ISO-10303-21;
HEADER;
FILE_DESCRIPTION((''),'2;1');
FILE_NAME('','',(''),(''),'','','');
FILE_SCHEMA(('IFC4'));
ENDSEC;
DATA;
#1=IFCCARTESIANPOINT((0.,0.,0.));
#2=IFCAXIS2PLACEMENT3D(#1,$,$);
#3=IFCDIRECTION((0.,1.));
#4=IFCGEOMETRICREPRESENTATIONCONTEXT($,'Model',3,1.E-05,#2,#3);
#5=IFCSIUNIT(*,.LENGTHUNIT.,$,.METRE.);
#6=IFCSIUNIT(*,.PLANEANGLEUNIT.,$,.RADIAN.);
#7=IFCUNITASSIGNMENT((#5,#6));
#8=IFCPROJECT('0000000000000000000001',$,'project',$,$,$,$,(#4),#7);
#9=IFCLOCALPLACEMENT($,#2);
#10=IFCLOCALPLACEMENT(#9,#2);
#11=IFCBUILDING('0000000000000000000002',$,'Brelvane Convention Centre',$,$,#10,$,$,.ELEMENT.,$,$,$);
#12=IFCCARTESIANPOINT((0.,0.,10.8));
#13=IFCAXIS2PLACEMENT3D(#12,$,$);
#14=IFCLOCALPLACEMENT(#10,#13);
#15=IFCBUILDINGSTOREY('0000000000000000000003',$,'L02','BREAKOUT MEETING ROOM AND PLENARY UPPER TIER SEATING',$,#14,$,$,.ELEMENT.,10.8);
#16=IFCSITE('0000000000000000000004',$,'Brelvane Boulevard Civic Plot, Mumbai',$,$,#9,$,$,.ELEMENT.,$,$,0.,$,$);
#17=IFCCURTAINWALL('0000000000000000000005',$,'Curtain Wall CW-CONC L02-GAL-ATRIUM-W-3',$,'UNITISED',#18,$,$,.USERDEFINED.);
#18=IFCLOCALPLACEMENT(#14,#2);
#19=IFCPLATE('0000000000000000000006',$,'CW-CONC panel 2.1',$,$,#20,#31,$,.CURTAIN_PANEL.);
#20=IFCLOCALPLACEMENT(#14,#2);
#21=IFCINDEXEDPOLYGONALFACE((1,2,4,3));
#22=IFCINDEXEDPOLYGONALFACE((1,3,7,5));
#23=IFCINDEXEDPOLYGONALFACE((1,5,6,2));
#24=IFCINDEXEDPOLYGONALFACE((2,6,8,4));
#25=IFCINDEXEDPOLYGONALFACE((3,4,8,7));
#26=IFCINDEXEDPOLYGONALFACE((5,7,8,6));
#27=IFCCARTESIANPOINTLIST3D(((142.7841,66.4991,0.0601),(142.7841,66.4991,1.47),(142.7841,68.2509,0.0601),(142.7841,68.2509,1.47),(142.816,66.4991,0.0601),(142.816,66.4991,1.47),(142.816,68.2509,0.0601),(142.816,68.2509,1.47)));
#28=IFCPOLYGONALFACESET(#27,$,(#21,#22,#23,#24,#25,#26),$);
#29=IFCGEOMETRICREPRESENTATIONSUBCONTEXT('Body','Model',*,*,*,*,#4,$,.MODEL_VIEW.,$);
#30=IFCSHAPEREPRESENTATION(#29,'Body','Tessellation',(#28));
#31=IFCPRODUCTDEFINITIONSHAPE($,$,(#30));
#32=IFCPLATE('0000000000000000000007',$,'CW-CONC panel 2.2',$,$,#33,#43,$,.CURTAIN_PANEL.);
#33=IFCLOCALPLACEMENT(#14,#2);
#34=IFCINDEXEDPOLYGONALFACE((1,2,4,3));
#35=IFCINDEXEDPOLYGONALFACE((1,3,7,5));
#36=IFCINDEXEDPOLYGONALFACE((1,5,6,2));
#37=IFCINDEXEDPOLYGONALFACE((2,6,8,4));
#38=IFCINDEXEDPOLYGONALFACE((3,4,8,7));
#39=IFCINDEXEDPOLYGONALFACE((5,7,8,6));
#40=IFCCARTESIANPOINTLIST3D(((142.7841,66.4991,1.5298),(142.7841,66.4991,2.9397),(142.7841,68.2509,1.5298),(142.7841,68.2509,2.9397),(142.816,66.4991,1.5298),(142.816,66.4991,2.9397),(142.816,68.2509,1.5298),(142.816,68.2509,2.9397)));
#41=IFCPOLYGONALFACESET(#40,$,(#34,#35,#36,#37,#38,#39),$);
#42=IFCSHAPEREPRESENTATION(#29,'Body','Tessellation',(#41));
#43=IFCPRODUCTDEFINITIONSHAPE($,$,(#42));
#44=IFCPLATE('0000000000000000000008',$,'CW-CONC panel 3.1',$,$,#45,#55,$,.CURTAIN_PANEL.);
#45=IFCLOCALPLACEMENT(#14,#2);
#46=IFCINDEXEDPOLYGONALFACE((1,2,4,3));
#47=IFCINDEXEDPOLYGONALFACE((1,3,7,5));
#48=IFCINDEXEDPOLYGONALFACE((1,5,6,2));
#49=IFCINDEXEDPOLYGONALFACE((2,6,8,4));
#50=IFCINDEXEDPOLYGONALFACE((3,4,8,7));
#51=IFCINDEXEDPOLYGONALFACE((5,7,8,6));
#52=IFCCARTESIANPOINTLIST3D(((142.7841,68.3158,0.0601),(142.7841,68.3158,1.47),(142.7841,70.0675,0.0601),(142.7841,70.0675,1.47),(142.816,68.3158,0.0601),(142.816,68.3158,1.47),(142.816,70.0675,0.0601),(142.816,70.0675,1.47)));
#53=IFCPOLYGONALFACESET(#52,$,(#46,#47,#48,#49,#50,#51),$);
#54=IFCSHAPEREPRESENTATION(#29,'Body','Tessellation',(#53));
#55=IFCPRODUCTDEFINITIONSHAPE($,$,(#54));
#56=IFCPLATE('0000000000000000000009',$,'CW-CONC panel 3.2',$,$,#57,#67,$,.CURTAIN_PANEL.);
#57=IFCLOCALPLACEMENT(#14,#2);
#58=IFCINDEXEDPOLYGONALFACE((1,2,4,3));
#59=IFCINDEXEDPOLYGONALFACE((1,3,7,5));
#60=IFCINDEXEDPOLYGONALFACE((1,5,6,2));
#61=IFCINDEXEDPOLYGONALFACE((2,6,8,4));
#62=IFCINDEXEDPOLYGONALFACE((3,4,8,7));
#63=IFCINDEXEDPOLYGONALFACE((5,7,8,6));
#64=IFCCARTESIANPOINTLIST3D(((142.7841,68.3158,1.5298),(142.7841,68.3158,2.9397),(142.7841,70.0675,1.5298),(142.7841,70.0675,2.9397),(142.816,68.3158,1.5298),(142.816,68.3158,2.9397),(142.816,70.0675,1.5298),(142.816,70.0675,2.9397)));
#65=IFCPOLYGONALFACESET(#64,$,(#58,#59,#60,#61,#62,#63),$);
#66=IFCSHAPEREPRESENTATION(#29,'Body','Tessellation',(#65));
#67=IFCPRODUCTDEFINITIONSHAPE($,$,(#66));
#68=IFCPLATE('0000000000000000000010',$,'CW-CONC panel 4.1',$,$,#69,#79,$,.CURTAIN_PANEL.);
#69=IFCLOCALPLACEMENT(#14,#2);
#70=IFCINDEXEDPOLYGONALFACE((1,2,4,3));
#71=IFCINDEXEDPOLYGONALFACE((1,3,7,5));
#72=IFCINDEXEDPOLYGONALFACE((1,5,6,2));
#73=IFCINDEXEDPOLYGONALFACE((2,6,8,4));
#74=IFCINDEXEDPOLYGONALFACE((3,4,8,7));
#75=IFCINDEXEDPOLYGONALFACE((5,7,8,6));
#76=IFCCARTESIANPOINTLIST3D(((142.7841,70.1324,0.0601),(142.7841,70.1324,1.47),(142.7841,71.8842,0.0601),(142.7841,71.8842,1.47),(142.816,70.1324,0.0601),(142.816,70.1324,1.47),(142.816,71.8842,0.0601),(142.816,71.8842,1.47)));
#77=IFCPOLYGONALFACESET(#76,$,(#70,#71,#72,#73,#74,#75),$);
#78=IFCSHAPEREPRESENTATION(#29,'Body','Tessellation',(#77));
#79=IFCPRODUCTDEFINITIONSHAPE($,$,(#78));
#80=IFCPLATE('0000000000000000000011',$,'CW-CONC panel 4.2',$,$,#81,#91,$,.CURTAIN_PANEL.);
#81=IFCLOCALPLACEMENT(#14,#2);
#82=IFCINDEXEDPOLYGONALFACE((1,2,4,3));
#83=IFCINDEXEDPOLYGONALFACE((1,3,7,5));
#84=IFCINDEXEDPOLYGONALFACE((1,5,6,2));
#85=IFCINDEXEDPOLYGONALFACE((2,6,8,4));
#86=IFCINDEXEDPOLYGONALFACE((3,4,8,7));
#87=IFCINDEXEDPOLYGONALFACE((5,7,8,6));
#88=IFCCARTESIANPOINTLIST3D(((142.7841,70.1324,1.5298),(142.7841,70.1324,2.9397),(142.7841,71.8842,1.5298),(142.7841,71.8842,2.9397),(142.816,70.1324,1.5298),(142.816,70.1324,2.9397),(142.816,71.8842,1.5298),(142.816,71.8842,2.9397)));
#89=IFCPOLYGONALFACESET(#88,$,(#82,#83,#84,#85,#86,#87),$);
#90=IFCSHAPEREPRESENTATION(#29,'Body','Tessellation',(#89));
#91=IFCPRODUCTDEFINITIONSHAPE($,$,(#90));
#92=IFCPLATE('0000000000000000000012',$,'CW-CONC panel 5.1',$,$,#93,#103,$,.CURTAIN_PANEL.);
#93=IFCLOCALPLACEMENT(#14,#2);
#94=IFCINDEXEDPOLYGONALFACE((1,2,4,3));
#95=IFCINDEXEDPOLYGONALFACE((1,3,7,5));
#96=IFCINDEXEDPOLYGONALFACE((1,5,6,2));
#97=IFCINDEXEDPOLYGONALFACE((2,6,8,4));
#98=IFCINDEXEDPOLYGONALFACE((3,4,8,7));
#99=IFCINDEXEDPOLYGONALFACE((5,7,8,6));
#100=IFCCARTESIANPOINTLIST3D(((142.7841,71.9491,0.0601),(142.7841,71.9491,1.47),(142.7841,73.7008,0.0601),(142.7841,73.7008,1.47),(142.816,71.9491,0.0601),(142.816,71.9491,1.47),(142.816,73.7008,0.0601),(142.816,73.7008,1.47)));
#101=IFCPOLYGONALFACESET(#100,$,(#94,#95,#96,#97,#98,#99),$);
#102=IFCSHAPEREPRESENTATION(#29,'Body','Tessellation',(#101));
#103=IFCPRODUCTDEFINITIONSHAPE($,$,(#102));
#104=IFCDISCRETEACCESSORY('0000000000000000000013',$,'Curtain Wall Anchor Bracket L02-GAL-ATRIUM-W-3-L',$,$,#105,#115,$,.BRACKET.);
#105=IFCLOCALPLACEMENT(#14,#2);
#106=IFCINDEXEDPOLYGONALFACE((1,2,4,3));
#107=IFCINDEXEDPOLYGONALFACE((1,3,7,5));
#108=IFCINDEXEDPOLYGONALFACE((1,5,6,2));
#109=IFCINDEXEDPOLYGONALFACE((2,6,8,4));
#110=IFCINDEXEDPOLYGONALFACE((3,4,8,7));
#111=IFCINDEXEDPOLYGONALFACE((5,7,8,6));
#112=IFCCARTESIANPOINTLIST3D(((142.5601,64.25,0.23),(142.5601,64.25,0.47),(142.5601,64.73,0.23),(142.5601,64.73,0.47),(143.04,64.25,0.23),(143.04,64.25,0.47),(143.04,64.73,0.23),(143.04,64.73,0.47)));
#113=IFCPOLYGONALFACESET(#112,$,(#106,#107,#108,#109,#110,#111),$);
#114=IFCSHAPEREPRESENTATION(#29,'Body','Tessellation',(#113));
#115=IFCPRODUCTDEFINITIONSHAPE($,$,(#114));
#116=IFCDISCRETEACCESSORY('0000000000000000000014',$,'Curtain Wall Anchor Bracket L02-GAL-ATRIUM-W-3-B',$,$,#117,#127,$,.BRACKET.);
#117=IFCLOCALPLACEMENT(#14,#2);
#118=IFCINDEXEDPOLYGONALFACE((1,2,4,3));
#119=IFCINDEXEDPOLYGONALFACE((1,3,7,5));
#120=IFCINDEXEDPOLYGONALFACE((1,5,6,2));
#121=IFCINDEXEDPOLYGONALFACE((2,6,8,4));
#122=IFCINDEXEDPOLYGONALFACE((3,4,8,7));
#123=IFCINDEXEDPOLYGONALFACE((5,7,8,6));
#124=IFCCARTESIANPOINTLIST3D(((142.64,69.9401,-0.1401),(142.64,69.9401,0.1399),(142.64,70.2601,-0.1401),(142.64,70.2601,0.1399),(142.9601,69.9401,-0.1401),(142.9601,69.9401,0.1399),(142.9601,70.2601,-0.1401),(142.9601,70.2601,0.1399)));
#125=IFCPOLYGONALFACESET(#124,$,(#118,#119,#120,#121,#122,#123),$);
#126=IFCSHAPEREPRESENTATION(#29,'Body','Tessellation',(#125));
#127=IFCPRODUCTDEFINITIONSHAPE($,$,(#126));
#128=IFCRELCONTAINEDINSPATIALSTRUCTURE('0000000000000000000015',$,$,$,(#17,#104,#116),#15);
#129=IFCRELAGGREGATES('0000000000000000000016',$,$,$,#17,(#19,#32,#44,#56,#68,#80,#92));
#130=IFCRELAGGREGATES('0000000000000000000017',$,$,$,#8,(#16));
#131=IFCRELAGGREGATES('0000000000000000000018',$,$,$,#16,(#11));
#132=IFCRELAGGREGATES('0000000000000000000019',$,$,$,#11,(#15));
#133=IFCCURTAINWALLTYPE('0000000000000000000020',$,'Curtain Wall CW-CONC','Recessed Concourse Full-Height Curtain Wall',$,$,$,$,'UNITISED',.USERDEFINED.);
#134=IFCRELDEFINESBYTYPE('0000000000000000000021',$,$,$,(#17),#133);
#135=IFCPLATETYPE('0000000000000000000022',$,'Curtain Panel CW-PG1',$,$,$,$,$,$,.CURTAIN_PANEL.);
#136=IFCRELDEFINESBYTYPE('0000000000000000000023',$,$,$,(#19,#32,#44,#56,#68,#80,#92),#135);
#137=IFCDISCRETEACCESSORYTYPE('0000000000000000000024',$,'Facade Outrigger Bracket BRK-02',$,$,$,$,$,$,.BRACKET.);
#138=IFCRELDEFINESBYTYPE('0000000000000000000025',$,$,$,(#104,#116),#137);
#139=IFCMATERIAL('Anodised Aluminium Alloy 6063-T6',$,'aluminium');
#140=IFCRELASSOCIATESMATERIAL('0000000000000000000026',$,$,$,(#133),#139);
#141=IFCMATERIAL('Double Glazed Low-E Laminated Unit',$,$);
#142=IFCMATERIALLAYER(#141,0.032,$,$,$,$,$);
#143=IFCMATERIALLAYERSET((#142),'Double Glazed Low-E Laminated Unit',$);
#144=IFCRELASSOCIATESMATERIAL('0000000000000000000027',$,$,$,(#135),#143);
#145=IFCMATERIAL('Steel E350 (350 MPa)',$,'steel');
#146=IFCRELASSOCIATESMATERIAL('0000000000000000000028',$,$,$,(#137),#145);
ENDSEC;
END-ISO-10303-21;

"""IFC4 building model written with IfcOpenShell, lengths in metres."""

from ifc_helpers import new_model, si_unit, direction, frame, origin, origin_2d, place, context, subcontext, project, spatial, rectangle, extrude, material, layer, layer_set, type_object, element, aggregate, save


model = new_model("IFC4")

# Units and contexts
model_context = context("Model", 3, precision=1e-05, world=origin(), true_north=direction((0.0, 1.0)))
body_context = subcontext(model_context, "Body", "Model", "MODEL_VIEW")
ifc_project = project(units=[si_unit("LENGTHUNIT", "METRE"), si_unit("PLANEANGLEUNIT", "RADIAN")], contexts=[model_context])

# Site, building, storey
site_placement = place(None, origin())
site = spatial("IfcSite", under=ifc_project, at=site_placement, Name="Brelvane Boulevard Civic Plot, Mumbai", CompositionType="ELEMENT", RefElevation=0.0)
building_placement = place(site_placement, origin())
building = spatial("IfcBuilding", under=site, at=building_placement, Name="Brelvane Convention Centre", CompositionType="ELEMENT")
storey_placement = place(building_placement, frame((0.0, 0.0, 10.8)))
storey = spatial("IfcBuildingStorey", under=building, at=storey_placement, Name="L02", Description="BREAKOUT MEETING ROOM AND PLENARY UPPER TIER SEATING", CompositionType="ELEMENT", Elevation=10.8)

# Curtain wall
ifc_material_1 = material(Name="Anodised Aluminium Alloy 6063-T6", Category="aluminium")
curtain_wall_type = type_object("IfcCurtainWallType", Name="Curtain Wall CW-CONC", Description="Recessed Concourse Full-Height Curtain Wall", ElementType="UNITISED", PredefinedType="USERDEFINED", material=ifc_material_1)
curtain_wall_placement = place(storey_placement, origin())
curtain_wall = element("IfcCurtainWall", 1, at=curtain_wall_placement, inside=storey, type_object=curtain_wall_type, Name="Curtain Wall CW-CONC L02-GAL-ATRIUM-W-3", ObjectType="UNITISED", PredefinedType="USERDEFINED")

# Plates
ifc_material_2 = material(Name="Double Glazed Low-E Laminated Unit")
ifc_layer = layer(ifc_material_2, 0.032)
ifc_layer_set = layer_set([ifc_layer], Name="Double Glazed Low-E Laminated Unit")
plate_type = type_object("IfcPlateType", Name="Curtain Panel CW-PG1", PredefinedType="CURTAIN_PANEL", material=ifc_layer_set)
plate_1_placement = place(storey_placement, frame((142.8, 67.375, 0.0601), z_axis=(0.0, 0.0, 1.0), x_axis=(0.0, 1.0, 0.0)))
plate_1 = element("IfcPlate", 2, at=plate_1_placement, type_object=plate_type, Name="CW-CONC panel 2.1", PredefinedType="CURTAIN_PANEL", context=body_context, shape_type="SweptSolid", body=[
    extrude(rectangle(XDim=1.7517, YDim=0.032, at=origin_2d()), origin(), (0.0, 0.0, 1.0), 1.4099),
])
plate_2_placement = place(storey_placement, frame((142.8, 67.375, 1.5298), z_axis=(0.0, 0.0, 1.0), x_axis=(0.0, 1.0, 0.0)))
plate_2 = element("IfcPlate", 3, at=plate_2_placement, type_object=plate_type, Name="CW-CONC panel 2.2", PredefinedType="CURTAIN_PANEL", context=body_context, shape_type="SweptSolid", body=[
    extrude(rectangle(XDim=1.7517, YDim=0.032, at=origin_2d()), origin(), (0.0, 0.0, 1.0), 1.4099),
])
plate_3_placement = place(storey_placement, frame((142.8, 69.1917, 0.0601), z_axis=(0.0, 0.0, 1.0), x_axis=(0.0, 1.0, 0.0)))
plate_3 = element("IfcPlate", 4, at=plate_3_placement, type_object=plate_type, Name="CW-CONC panel 3.1", PredefinedType="CURTAIN_PANEL", context=body_context, shape_type="SweptSolid", body=[
    extrude(rectangle(XDim=1.7517, YDim=0.032, at=origin_2d()), origin(), (0.0, 0.0, 1.0), 1.4099),
])
plate_4_placement = place(storey_placement, frame((142.8, 69.1917, 1.5298), z_axis=(0.0, 0.0, 1.0), x_axis=(0.0, 1.0, 0.0)))
plate_4 = element("IfcPlate", 5, at=plate_4_placement, type_object=plate_type, Name="CW-CONC panel 3.2", PredefinedType="CURTAIN_PANEL", context=body_context, shape_type="SweptSolid", body=[
    extrude(rectangle(XDim=1.7517, YDim=0.032, at=origin_2d()), origin(), (0.0, 0.0, 1.0), 1.4099),
])
plate_5_placement = place(storey_placement, frame((142.8, 71.0083, 0.0601), z_axis=(0.0, 0.0, 1.0), x_axis=(0.0, 1.0, 0.0)))
plate_5 = element("IfcPlate", 6, at=plate_5_placement, type_object=plate_type, Name="CW-CONC panel 4.1", PredefinedType="CURTAIN_PANEL", context=body_context, shape_type="SweptSolid", body=[
    extrude(rectangle(XDim=1.7517, YDim=0.032, at=origin_2d()), origin(), (0.0, 0.0, 1.0), 1.4099),
])
plate_6_placement = place(storey_placement, frame((142.8, 71.0083, 1.5298), z_axis=(0.0, 0.0, 1.0), x_axis=(0.0, 1.0, 0.0)))
plate_6 = element("IfcPlate", 7, at=plate_6_placement, type_object=plate_type, Name="CW-CONC panel 4.2", PredefinedType="CURTAIN_PANEL", context=body_context, shape_type="SweptSolid", body=[
    extrude(rectangle(XDim=1.7517, YDim=0.032, at=origin_2d()), origin(), (0.0, 0.0, 1.0), 1.4099),
])
plate_7_placement = place(storey_placement, frame((142.8, 72.825, 0.0601), z_axis=(0.0, 0.0, 1.0), x_axis=(0.0, 1.0, 0.0)))
plate_7 = element("IfcPlate", 8, at=plate_7_placement, type_object=plate_type, Name="CW-CONC panel 5.1", PredefinedType="CURTAIN_PANEL", context=body_context, shape_type="SweptSolid", body=[
    extrude(rectangle(XDim=1.7517, YDim=0.032, at=origin_2d()), origin(), (0.0, 0.0, 1.0), 1.4099),
])
aggregate(curtain_wall, [plate_1, plate_2, plate_3, plate_4, plate_5, plate_6, plate_7])

# Discrete accessories
ifc_material_3 = material(Name="Steel E350 (350 MPa)", Category="steel")
discrete_accessory_type = type_object("IfcDiscreteAccessoryType", Name="Facade Outrigger Bracket BRK-02", PredefinedType="BRACKET", material=ifc_material_3)
discrete_accessory_1_placement = place(storey_placement, frame((142.8, 64.49, 0.23), z_axis=(0.0, 0.0, 1.0), x_axis=(1.0, 0.0, 0.0)))
element("IfcDiscreteAccessory", 9, at=discrete_accessory_1_placement, inside=storey, type_object=discrete_accessory_type, Name="Curtain Wall Anchor Bracket L02-GAL-ATRIUM-W-3-L", PredefinedType="BRACKET", context=body_context, shape_type="SweptSolid", body=[
    extrude(rectangle(XDim=0.48, YDim=0.48, at=origin_2d()), origin(), (0.0, 0.0, 1.0), 0.24),
])
discrete_accessory_2_placement = place(storey_placement, frame((142.8, 70.1001, -0.1401), z_axis=(0.0, 0.0, 1.0), x_axis=(1.0, 0.0, 0.0)))
element("IfcDiscreteAccessory", 10, at=discrete_accessory_2_placement, inside=storey, type_object=discrete_accessory_type, Name="Curtain Wall Anchor Bracket L02-GAL-ATRIUM-W-3-B", PredefinedType="BRACKET", context=body_context, shape_type="SweptSolid", body=[
    extrude(rectangle(XDim=0.3201, YDim=0.3201, at=origin_2d()), origin(), (0.0, 0.0, 1.0), 0.28),
])

save(model, "model.ifc")
